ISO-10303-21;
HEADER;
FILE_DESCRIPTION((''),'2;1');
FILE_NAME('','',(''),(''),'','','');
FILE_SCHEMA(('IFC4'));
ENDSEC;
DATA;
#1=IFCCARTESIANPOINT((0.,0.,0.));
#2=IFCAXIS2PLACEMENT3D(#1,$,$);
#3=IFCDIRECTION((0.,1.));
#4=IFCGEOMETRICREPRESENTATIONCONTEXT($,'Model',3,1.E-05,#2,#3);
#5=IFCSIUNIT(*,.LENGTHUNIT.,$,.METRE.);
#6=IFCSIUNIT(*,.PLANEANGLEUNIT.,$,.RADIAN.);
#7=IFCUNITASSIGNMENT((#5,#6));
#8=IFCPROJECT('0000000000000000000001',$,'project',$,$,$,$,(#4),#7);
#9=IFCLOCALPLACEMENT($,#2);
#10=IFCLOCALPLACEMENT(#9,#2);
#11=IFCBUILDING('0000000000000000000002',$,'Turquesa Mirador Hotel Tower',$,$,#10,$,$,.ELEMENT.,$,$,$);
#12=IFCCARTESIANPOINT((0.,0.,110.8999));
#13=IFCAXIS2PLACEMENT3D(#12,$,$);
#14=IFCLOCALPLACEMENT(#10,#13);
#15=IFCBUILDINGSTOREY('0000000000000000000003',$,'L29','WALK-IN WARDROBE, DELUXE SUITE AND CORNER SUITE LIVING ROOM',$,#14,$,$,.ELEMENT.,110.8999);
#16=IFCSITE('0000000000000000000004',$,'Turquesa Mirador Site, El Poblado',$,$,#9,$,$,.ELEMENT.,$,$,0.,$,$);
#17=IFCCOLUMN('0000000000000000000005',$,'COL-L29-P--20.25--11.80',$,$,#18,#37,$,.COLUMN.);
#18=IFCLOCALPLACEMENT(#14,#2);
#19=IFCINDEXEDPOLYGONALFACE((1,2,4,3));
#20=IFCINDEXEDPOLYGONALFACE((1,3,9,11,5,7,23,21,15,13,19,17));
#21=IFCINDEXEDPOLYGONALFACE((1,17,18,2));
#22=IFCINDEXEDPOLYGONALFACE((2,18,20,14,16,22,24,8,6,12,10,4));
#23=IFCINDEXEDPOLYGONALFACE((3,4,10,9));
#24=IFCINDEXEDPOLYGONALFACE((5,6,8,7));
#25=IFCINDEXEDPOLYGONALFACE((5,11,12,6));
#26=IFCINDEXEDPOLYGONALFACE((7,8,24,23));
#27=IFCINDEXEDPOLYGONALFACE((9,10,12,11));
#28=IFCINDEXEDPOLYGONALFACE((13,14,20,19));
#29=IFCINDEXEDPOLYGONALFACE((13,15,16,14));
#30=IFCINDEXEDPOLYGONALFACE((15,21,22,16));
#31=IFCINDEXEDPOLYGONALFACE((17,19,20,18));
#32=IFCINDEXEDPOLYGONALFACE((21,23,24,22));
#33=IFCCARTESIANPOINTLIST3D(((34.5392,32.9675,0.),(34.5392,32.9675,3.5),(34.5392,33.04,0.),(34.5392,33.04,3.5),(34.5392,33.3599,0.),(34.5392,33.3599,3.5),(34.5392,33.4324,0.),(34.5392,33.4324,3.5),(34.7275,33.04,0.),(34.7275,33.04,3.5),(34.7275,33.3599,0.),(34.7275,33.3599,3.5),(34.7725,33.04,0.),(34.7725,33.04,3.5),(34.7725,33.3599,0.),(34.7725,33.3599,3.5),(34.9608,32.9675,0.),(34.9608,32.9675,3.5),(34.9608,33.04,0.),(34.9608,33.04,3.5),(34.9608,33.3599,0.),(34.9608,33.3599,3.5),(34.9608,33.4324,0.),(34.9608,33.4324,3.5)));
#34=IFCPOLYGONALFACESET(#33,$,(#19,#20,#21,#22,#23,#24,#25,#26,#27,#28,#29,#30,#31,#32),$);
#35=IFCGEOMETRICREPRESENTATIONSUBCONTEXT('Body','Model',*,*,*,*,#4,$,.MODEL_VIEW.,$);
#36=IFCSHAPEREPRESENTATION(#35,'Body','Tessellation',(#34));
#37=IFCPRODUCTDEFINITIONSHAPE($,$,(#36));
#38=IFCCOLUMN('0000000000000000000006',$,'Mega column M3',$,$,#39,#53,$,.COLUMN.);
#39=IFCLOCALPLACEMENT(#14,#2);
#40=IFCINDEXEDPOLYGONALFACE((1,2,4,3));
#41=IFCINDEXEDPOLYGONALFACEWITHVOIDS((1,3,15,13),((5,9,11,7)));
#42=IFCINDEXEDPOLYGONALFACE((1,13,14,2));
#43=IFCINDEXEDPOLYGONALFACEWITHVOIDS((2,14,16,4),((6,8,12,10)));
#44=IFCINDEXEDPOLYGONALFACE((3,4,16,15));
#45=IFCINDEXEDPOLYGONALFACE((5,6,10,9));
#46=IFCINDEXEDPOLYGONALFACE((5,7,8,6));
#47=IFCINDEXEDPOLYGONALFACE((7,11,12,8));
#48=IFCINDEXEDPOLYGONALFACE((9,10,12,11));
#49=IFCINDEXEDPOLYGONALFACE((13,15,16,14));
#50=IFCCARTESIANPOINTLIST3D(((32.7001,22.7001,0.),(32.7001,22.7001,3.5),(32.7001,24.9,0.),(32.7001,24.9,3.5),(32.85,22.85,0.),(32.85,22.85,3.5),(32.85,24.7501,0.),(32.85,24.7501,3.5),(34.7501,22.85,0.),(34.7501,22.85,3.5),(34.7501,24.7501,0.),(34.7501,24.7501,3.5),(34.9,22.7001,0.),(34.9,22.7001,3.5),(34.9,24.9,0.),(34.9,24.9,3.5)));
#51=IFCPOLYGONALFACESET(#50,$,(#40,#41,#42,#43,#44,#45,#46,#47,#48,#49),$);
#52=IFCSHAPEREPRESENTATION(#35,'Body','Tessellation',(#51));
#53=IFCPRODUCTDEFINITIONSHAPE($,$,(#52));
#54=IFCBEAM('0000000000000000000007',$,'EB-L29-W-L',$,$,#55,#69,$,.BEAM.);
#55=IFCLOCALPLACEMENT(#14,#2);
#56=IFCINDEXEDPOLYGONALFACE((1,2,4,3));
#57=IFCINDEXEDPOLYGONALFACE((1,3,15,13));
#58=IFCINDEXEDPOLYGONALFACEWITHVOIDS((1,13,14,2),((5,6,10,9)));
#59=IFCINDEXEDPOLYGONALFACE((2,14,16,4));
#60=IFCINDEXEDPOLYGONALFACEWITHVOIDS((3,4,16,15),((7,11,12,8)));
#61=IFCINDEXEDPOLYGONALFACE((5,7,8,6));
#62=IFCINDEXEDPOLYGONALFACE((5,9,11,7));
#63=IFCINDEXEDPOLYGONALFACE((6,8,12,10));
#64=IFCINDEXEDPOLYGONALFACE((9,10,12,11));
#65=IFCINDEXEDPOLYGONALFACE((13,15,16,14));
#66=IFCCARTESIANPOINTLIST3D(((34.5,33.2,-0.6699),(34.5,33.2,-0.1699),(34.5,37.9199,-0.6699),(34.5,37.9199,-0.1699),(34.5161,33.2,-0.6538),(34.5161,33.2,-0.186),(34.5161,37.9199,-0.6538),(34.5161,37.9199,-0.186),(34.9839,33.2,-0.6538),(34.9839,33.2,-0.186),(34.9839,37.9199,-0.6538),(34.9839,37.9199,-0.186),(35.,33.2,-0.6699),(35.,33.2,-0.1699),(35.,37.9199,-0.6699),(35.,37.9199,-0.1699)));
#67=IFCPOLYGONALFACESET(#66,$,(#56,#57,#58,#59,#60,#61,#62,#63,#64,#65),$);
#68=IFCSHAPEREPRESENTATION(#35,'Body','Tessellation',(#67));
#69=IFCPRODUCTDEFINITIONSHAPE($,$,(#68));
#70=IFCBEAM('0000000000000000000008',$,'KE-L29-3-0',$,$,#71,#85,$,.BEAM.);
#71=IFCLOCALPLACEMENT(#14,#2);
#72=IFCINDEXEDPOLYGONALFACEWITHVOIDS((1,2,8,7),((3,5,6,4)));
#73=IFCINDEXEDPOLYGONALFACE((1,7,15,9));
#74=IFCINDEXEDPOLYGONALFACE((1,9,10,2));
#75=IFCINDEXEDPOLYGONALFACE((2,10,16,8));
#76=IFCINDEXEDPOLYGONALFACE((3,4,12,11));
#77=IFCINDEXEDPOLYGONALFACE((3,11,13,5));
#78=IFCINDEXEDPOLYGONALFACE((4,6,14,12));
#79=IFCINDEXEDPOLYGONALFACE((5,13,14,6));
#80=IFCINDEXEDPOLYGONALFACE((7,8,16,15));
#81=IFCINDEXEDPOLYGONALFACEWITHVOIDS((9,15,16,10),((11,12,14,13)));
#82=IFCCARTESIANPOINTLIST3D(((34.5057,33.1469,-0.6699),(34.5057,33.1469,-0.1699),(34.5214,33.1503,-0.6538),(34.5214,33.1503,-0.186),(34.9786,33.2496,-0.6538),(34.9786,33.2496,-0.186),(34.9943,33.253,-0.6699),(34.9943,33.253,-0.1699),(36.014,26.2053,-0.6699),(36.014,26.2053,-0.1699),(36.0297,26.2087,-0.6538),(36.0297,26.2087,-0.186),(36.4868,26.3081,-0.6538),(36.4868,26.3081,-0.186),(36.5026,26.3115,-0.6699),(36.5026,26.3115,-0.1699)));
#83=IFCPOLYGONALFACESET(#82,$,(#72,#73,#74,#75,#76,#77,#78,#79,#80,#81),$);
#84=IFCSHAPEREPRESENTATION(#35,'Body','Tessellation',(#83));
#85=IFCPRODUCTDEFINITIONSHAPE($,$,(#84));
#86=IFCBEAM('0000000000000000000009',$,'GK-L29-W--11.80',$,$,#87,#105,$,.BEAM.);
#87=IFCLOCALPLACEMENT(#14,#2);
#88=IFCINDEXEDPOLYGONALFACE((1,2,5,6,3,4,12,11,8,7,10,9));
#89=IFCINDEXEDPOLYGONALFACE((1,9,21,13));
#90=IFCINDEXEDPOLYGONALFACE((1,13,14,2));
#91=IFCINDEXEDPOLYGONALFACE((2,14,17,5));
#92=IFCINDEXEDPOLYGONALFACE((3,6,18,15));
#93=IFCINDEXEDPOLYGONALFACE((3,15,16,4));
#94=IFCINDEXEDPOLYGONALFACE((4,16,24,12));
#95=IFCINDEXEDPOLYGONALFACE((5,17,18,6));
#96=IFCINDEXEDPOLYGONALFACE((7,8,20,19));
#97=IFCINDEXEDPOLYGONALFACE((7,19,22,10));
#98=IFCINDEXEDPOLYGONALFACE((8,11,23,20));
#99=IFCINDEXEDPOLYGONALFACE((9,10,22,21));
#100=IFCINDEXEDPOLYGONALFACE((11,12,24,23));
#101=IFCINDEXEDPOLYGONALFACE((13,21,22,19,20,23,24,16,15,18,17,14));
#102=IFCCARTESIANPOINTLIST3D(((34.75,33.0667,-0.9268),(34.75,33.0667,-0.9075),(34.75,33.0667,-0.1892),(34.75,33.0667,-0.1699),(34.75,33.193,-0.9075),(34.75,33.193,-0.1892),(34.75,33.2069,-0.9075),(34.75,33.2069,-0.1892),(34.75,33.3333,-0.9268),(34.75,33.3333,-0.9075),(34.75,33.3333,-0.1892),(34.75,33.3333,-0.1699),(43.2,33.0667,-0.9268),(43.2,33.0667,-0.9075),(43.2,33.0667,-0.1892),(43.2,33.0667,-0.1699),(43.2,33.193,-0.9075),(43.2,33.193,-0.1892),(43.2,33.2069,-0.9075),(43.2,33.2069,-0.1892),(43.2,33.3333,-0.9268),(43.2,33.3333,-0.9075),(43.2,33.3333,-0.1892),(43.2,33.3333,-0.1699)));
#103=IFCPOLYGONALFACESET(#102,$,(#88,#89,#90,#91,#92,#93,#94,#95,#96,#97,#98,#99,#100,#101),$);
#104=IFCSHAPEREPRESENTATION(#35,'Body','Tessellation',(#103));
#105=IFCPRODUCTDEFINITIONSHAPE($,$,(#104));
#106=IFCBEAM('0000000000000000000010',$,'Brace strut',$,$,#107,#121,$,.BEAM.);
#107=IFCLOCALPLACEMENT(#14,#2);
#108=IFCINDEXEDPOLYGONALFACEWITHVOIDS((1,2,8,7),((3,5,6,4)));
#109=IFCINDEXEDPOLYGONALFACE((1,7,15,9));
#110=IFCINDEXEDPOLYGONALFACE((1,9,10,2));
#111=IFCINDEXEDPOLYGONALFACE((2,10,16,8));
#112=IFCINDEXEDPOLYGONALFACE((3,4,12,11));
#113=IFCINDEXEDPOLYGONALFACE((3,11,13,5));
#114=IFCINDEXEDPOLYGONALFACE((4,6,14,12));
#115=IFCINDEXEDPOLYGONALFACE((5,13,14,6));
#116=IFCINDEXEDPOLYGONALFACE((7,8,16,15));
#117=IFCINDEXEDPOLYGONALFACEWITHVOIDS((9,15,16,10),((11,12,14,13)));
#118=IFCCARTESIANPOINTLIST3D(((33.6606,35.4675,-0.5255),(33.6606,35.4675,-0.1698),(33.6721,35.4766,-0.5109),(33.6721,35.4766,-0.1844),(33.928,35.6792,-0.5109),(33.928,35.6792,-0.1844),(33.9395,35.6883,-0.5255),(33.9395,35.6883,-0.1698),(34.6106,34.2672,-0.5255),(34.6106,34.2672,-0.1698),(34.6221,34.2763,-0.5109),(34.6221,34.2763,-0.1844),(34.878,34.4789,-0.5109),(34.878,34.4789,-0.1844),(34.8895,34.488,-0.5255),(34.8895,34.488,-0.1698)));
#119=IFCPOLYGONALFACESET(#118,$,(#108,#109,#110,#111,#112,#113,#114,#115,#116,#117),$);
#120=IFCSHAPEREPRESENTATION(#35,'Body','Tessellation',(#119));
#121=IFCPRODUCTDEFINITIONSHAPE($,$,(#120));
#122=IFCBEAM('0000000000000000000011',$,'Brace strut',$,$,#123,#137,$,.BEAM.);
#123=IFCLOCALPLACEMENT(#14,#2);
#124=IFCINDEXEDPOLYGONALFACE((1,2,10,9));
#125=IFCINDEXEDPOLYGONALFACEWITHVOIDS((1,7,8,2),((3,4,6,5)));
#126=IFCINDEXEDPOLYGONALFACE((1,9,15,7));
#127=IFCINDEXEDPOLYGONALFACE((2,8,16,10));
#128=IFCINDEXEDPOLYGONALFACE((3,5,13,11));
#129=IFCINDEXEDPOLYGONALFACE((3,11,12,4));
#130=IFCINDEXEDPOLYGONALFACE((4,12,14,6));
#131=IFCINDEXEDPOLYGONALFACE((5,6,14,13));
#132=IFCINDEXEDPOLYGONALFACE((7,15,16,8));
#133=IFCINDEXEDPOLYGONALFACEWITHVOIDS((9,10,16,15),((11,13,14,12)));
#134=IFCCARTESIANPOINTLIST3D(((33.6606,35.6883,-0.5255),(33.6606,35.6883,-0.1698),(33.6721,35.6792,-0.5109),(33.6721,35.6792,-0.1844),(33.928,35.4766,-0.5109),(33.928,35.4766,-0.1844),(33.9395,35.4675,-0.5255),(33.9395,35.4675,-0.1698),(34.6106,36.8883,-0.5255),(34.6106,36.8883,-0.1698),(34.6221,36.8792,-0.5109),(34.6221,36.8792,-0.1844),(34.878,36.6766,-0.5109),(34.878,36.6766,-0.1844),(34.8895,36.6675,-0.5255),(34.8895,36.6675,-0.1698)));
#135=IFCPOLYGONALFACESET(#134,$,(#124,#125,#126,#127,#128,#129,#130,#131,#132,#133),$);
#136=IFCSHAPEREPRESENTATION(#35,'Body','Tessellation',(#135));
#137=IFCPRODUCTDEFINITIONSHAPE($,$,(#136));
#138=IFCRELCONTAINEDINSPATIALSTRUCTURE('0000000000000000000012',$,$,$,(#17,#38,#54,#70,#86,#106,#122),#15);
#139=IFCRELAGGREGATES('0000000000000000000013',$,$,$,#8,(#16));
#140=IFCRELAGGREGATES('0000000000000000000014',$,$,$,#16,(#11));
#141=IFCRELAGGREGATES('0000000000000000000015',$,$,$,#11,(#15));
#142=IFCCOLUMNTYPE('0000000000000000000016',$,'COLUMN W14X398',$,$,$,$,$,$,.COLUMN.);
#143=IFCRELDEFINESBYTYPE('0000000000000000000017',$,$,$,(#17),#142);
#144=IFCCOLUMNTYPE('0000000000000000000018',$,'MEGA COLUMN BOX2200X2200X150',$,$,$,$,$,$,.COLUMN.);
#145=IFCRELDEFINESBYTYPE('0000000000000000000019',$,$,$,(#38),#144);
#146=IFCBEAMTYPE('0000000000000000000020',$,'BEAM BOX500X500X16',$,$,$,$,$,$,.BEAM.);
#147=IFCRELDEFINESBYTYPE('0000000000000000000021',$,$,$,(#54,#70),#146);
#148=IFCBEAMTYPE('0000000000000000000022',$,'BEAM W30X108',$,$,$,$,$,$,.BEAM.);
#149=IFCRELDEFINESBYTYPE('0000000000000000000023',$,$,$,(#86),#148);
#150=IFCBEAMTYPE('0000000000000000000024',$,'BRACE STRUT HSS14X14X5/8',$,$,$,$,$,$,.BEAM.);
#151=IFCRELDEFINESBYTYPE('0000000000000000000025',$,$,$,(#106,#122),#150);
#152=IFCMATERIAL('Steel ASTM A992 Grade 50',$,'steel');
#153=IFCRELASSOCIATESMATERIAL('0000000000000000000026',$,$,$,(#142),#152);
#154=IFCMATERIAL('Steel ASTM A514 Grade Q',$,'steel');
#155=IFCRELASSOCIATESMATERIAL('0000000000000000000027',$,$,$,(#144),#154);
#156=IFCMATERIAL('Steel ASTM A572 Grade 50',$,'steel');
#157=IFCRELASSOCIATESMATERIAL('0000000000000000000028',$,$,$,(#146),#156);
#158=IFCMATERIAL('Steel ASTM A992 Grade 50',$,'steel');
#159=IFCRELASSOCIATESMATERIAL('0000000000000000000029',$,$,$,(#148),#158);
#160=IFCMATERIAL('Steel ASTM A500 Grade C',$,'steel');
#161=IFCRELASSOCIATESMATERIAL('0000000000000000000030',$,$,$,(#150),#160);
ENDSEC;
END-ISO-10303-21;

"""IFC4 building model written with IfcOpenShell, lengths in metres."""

from ifc_helpers import new_model, si_unit, direction, frame, origin, origin_2d, place, context, subcontext, project, spatial, hollow_rectangle, i_section, extrude, material, material_profile, profile_set, type_object, element, save


model = new_model("IFC4")

# Units and contexts
model_context = context("Model", 3, precision=1e-05, world=origin(), true_north=direction((0.0, 1.0)))
body_context = subcontext(model_context, "Body", "Model", "MODEL_VIEW")
ifc_project = project(units=[si_unit("LENGTHUNIT", "METRE"), si_unit("PLANEANGLEUNIT", "RADIAN")], contexts=[model_context])

# Site, building, storey
site_placement = place(None, origin())
site = spatial("IfcSite", under=ifc_project, at=site_placement, Name="Turquesa Mirador Site, El Poblado", CompositionType="ELEMENT", RefElevation=0.0)
building_placement = place(site_placement, origin())
building = spatial("IfcBuilding", under=site, at=building_placement, Name="Turquesa Mirador Hotel Tower", CompositionType="ELEMENT")
storey_placement = place(building_placement, frame((0.0, 0.0, 110.8999)))
storey = spatial("IfcBuildingStorey", under=building, at=storey_placement, Name="L29", Description="WALK-IN WARDROBE, DELUXE SUITE AND CORNER SUITE LIVING ROOM", CompositionType="ELEMENT", Elevation=110.8999)

# Columns
ifc_material_1 = material(Name="Steel ASTM A992 Grade 50", Category="steel")
ifc_material_profile_1 = material_profile(ifc_material_1, i_section(OverallWidth=0.4216, OverallDepth=0.4648, WebThickness=0.0449, FlangeThickness=0.0725, at=origin_2d()), Name="W14X398")
ifc_profile_set_1 = profile_set([ifc_material_profile_1], Name="Steel ASTM A992 Grade 50")
column_type_1 = type_object("IfcColumnType", Name="COLUMN W14X398", PredefinedType="COLUMN", material=ifc_profile_set_1)
column_1_placement = place(storey_placement, frame((34.75, 33.2, 0.0), z_axis=(0.0, 0.0, 1.0), x_axis=(1.0, 0.0, 0.0)))
element("IfcColumn", 1, at=column_1_placement, inside=storey, type_object=column_type_1, Name="COL-L29-P--20.25--11.80", PredefinedType="COLUMN", context=body_context, shape_type="SweptSolid", body=[
    extrude(i_section(OverallWidth=0.4216, OverallDepth=0.4648, WebThickness=0.0449, FlangeThickness=0.0725, at=origin_2d()), origin(), (0.0, 0.0, 1.0), 3.5),
])
ifc_material_2 = material(Name="Steel ASTM A514 Grade Q", Category="steel")
ifc_material_profile_2 = material_profile(ifc_material_2, hollow_rectangle(XDim=2.2, YDim=2.2, WallThickness=0.1499, at=origin_2d()), Name="BOX2200X2200X150")
ifc_profile_set_2 = profile_set([ifc_material_profile_2], Name="Steel ASTM A514 Grade Q")
column_type_2 = type_object("IfcColumnType", Name="MEGA COLUMN BOX2200X2200X150", PredefinedType="COLUMN", material=ifc_profile_set_2)
column_2_placement = place(storey_placement, frame((33.8, 23.8, 0.0), z_axis=(0.0, 0.0, 1.0), x_axis=(1.0, 0.0, 0.0)))
element("IfcColumn", 2, at=column_2_placement, inside=storey, type_object=column_type_2, Name="Mega column M3", PredefinedType="COLUMN", context=body_context, shape_type="SweptSolid", body=[
    extrude(hollow_rectangle(XDim=2.2, YDim=2.2, WallThickness=0.1499, at=origin_2d()), origin(), (0.0, 0.0, 1.0), 3.5),
])

# Beams
ifc_material_3 = material(Name="Steel ASTM A572 Grade 50", Category="steel")
ifc_material_profile_3 = material_profile(ifc_material_3, hollow_rectangle(XDim=0.5, YDim=0.5, WallThickness=0.0161, at=origin_2d()), Name="BOX500X500X16")
ifc_profile_set_3 = profile_set([ifc_material_profile_3], Name="Steel ASTM A572 Grade 50")
beam_type_1 = type_object("IfcBeamType", Name="BEAM BOX500X500X16", PredefinedType="BEAM", material=ifc_profile_set_3)
beam_1_placement = place(storey_placement, frame((34.75, 33.2, -0.4199), z_axis=(0.0, 1.0, 0.0), x_axis=(-1.0, 0.0, 0.0)))
element("IfcBeam", 3, at=beam_1_placement, inside=storey, type_object=beam_type_1, Name="EB-L29-W-L", PredefinedType="BEAM", context=body_context, shape_type="SweptSolid", body=[
    extrude(hollow_rectangle(XDim=0.5, YDim=0.5, WallThickness=0.0161, at=origin_2d()), origin(), (0.0, 0.0, 1.0), 4.72),
])
beam_2_placement = place(storey_placement, frame((34.75, 33.2, -0.4199), z_axis=(0.212328, -0.977198, 0.0), x_axis=(0.977198, 0.212328, 0.0)))
element("IfcBeam", 4, at=beam_2_placement, inside=storey, type_object=beam_type_1, Name="KE-L29-3-0", PredefinedType="BEAM", context=body_context, shape_type="SweptSolid", body=[
    extrude(hollow_rectangle(XDim=0.5, YDim=0.5, WallThickness=0.0161, at=origin_2d()), origin(), (0.0, 0.0, 1.0), 7.1035),
])
ifc_material_4 = material(Name="Steel ASTM A992 Grade 50", Category="steel")
ifc_material_profile_4 = material_profile(ifc_material_4, i_section(OverallWidth=0.2666, OverallDepth=0.7568, WebThickness=0.0139, FlangeThickness=0.0193, at=origin_2d()), Name="W30X108")
ifc_profile_set_4 = profile_set([ifc_material_profile_4], Name="Steel ASTM A992 Grade 50")
beam_type_2 = type_object("IfcBeamType", Name="BEAM W30X108", PredefinedType="BEAM", material=ifc_profile_set_4)
beam_3_placement = place(storey_placement, frame((34.75, 33.2, -0.5483), z_axis=(1.0, 0.0, 0.0), x_axis=(0.0, 1.0, 0.0)))
element("IfcBeam", 5, at=beam_3_placement, inside=storey, type_object=beam_type_2, Name="GK-L29-W--11.80", PredefinedType="BEAM", context=body_context, shape_type="SweptSolid", body=[
    extrude(i_section(OverallWidth=0.2666, OverallDepth=0.7568, WebThickness=0.0139, FlangeThickness=0.0193, at=origin_2d()), origin(), (0.0, 0.0, 1.0), 8.45),
])
ifc_material_5 = material(Name="Steel ASTM A500 Grade C", Category="steel")
ifc_material_profile_5 = material_profile(ifc_material_5, hollow_rectangle(XDim=0.3557, YDim=0.3557, WallThickness=0.0146, at=origin_2d()), Name="HSS14X14X5/8")
ifc_profile_set_5 = profile_set([ifc_material_profile_5], Name="Steel ASTM A500 Grade C")
beam_type_3 = type_object("IfcBeamType", Name="BRACE STRUT HSS14X14X5/8", PredefinedType="BEAM", material=ifc_profile_set_5)
beam_4_placement = place(storey_placement, frame((33.8, 35.5779, -0.3477), z_axis=(0.620621, -0.784111, 0.0), x_axis=(0.784111, 0.620621, 0.0)))
element("IfcBeam", 6, at=beam_4_placement, inside=storey, type_object=beam_type_3, Name="Brace strut", PredefinedType="BEAM", context=body_context, shape_type="SweptSolid", body=[
    extrude(hollow_rectangle(XDim=0.3557, YDim=0.3557, WallThickness=0.0146, at=origin_2d()), origin(), (0.0, 0.0, 1.0), 1.5308),
])
beam_5_placement = place(storey_placement, frame((33.8, 35.5779, -0.3477), z_axis=(0.620699, 0.784049, 0.0), x_axis=(-0.784049, 0.620699, 0.0)))
element("IfcBeam", 7, at=beam_5_placement, inside=storey, type_object=beam_type_3, Name="Brace strut", PredefinedType="BEAM", context=body_context, shape_type="SweptSolid", body=[
    extrude(hollow_rectangle(XDim=0.3557, YDim=0.3557, WallThickness=0.0146, at=origin_2d()), origin(), (0.0, 0.0, 1.0), 1.5305),
])

save(model, "model.ifc")
